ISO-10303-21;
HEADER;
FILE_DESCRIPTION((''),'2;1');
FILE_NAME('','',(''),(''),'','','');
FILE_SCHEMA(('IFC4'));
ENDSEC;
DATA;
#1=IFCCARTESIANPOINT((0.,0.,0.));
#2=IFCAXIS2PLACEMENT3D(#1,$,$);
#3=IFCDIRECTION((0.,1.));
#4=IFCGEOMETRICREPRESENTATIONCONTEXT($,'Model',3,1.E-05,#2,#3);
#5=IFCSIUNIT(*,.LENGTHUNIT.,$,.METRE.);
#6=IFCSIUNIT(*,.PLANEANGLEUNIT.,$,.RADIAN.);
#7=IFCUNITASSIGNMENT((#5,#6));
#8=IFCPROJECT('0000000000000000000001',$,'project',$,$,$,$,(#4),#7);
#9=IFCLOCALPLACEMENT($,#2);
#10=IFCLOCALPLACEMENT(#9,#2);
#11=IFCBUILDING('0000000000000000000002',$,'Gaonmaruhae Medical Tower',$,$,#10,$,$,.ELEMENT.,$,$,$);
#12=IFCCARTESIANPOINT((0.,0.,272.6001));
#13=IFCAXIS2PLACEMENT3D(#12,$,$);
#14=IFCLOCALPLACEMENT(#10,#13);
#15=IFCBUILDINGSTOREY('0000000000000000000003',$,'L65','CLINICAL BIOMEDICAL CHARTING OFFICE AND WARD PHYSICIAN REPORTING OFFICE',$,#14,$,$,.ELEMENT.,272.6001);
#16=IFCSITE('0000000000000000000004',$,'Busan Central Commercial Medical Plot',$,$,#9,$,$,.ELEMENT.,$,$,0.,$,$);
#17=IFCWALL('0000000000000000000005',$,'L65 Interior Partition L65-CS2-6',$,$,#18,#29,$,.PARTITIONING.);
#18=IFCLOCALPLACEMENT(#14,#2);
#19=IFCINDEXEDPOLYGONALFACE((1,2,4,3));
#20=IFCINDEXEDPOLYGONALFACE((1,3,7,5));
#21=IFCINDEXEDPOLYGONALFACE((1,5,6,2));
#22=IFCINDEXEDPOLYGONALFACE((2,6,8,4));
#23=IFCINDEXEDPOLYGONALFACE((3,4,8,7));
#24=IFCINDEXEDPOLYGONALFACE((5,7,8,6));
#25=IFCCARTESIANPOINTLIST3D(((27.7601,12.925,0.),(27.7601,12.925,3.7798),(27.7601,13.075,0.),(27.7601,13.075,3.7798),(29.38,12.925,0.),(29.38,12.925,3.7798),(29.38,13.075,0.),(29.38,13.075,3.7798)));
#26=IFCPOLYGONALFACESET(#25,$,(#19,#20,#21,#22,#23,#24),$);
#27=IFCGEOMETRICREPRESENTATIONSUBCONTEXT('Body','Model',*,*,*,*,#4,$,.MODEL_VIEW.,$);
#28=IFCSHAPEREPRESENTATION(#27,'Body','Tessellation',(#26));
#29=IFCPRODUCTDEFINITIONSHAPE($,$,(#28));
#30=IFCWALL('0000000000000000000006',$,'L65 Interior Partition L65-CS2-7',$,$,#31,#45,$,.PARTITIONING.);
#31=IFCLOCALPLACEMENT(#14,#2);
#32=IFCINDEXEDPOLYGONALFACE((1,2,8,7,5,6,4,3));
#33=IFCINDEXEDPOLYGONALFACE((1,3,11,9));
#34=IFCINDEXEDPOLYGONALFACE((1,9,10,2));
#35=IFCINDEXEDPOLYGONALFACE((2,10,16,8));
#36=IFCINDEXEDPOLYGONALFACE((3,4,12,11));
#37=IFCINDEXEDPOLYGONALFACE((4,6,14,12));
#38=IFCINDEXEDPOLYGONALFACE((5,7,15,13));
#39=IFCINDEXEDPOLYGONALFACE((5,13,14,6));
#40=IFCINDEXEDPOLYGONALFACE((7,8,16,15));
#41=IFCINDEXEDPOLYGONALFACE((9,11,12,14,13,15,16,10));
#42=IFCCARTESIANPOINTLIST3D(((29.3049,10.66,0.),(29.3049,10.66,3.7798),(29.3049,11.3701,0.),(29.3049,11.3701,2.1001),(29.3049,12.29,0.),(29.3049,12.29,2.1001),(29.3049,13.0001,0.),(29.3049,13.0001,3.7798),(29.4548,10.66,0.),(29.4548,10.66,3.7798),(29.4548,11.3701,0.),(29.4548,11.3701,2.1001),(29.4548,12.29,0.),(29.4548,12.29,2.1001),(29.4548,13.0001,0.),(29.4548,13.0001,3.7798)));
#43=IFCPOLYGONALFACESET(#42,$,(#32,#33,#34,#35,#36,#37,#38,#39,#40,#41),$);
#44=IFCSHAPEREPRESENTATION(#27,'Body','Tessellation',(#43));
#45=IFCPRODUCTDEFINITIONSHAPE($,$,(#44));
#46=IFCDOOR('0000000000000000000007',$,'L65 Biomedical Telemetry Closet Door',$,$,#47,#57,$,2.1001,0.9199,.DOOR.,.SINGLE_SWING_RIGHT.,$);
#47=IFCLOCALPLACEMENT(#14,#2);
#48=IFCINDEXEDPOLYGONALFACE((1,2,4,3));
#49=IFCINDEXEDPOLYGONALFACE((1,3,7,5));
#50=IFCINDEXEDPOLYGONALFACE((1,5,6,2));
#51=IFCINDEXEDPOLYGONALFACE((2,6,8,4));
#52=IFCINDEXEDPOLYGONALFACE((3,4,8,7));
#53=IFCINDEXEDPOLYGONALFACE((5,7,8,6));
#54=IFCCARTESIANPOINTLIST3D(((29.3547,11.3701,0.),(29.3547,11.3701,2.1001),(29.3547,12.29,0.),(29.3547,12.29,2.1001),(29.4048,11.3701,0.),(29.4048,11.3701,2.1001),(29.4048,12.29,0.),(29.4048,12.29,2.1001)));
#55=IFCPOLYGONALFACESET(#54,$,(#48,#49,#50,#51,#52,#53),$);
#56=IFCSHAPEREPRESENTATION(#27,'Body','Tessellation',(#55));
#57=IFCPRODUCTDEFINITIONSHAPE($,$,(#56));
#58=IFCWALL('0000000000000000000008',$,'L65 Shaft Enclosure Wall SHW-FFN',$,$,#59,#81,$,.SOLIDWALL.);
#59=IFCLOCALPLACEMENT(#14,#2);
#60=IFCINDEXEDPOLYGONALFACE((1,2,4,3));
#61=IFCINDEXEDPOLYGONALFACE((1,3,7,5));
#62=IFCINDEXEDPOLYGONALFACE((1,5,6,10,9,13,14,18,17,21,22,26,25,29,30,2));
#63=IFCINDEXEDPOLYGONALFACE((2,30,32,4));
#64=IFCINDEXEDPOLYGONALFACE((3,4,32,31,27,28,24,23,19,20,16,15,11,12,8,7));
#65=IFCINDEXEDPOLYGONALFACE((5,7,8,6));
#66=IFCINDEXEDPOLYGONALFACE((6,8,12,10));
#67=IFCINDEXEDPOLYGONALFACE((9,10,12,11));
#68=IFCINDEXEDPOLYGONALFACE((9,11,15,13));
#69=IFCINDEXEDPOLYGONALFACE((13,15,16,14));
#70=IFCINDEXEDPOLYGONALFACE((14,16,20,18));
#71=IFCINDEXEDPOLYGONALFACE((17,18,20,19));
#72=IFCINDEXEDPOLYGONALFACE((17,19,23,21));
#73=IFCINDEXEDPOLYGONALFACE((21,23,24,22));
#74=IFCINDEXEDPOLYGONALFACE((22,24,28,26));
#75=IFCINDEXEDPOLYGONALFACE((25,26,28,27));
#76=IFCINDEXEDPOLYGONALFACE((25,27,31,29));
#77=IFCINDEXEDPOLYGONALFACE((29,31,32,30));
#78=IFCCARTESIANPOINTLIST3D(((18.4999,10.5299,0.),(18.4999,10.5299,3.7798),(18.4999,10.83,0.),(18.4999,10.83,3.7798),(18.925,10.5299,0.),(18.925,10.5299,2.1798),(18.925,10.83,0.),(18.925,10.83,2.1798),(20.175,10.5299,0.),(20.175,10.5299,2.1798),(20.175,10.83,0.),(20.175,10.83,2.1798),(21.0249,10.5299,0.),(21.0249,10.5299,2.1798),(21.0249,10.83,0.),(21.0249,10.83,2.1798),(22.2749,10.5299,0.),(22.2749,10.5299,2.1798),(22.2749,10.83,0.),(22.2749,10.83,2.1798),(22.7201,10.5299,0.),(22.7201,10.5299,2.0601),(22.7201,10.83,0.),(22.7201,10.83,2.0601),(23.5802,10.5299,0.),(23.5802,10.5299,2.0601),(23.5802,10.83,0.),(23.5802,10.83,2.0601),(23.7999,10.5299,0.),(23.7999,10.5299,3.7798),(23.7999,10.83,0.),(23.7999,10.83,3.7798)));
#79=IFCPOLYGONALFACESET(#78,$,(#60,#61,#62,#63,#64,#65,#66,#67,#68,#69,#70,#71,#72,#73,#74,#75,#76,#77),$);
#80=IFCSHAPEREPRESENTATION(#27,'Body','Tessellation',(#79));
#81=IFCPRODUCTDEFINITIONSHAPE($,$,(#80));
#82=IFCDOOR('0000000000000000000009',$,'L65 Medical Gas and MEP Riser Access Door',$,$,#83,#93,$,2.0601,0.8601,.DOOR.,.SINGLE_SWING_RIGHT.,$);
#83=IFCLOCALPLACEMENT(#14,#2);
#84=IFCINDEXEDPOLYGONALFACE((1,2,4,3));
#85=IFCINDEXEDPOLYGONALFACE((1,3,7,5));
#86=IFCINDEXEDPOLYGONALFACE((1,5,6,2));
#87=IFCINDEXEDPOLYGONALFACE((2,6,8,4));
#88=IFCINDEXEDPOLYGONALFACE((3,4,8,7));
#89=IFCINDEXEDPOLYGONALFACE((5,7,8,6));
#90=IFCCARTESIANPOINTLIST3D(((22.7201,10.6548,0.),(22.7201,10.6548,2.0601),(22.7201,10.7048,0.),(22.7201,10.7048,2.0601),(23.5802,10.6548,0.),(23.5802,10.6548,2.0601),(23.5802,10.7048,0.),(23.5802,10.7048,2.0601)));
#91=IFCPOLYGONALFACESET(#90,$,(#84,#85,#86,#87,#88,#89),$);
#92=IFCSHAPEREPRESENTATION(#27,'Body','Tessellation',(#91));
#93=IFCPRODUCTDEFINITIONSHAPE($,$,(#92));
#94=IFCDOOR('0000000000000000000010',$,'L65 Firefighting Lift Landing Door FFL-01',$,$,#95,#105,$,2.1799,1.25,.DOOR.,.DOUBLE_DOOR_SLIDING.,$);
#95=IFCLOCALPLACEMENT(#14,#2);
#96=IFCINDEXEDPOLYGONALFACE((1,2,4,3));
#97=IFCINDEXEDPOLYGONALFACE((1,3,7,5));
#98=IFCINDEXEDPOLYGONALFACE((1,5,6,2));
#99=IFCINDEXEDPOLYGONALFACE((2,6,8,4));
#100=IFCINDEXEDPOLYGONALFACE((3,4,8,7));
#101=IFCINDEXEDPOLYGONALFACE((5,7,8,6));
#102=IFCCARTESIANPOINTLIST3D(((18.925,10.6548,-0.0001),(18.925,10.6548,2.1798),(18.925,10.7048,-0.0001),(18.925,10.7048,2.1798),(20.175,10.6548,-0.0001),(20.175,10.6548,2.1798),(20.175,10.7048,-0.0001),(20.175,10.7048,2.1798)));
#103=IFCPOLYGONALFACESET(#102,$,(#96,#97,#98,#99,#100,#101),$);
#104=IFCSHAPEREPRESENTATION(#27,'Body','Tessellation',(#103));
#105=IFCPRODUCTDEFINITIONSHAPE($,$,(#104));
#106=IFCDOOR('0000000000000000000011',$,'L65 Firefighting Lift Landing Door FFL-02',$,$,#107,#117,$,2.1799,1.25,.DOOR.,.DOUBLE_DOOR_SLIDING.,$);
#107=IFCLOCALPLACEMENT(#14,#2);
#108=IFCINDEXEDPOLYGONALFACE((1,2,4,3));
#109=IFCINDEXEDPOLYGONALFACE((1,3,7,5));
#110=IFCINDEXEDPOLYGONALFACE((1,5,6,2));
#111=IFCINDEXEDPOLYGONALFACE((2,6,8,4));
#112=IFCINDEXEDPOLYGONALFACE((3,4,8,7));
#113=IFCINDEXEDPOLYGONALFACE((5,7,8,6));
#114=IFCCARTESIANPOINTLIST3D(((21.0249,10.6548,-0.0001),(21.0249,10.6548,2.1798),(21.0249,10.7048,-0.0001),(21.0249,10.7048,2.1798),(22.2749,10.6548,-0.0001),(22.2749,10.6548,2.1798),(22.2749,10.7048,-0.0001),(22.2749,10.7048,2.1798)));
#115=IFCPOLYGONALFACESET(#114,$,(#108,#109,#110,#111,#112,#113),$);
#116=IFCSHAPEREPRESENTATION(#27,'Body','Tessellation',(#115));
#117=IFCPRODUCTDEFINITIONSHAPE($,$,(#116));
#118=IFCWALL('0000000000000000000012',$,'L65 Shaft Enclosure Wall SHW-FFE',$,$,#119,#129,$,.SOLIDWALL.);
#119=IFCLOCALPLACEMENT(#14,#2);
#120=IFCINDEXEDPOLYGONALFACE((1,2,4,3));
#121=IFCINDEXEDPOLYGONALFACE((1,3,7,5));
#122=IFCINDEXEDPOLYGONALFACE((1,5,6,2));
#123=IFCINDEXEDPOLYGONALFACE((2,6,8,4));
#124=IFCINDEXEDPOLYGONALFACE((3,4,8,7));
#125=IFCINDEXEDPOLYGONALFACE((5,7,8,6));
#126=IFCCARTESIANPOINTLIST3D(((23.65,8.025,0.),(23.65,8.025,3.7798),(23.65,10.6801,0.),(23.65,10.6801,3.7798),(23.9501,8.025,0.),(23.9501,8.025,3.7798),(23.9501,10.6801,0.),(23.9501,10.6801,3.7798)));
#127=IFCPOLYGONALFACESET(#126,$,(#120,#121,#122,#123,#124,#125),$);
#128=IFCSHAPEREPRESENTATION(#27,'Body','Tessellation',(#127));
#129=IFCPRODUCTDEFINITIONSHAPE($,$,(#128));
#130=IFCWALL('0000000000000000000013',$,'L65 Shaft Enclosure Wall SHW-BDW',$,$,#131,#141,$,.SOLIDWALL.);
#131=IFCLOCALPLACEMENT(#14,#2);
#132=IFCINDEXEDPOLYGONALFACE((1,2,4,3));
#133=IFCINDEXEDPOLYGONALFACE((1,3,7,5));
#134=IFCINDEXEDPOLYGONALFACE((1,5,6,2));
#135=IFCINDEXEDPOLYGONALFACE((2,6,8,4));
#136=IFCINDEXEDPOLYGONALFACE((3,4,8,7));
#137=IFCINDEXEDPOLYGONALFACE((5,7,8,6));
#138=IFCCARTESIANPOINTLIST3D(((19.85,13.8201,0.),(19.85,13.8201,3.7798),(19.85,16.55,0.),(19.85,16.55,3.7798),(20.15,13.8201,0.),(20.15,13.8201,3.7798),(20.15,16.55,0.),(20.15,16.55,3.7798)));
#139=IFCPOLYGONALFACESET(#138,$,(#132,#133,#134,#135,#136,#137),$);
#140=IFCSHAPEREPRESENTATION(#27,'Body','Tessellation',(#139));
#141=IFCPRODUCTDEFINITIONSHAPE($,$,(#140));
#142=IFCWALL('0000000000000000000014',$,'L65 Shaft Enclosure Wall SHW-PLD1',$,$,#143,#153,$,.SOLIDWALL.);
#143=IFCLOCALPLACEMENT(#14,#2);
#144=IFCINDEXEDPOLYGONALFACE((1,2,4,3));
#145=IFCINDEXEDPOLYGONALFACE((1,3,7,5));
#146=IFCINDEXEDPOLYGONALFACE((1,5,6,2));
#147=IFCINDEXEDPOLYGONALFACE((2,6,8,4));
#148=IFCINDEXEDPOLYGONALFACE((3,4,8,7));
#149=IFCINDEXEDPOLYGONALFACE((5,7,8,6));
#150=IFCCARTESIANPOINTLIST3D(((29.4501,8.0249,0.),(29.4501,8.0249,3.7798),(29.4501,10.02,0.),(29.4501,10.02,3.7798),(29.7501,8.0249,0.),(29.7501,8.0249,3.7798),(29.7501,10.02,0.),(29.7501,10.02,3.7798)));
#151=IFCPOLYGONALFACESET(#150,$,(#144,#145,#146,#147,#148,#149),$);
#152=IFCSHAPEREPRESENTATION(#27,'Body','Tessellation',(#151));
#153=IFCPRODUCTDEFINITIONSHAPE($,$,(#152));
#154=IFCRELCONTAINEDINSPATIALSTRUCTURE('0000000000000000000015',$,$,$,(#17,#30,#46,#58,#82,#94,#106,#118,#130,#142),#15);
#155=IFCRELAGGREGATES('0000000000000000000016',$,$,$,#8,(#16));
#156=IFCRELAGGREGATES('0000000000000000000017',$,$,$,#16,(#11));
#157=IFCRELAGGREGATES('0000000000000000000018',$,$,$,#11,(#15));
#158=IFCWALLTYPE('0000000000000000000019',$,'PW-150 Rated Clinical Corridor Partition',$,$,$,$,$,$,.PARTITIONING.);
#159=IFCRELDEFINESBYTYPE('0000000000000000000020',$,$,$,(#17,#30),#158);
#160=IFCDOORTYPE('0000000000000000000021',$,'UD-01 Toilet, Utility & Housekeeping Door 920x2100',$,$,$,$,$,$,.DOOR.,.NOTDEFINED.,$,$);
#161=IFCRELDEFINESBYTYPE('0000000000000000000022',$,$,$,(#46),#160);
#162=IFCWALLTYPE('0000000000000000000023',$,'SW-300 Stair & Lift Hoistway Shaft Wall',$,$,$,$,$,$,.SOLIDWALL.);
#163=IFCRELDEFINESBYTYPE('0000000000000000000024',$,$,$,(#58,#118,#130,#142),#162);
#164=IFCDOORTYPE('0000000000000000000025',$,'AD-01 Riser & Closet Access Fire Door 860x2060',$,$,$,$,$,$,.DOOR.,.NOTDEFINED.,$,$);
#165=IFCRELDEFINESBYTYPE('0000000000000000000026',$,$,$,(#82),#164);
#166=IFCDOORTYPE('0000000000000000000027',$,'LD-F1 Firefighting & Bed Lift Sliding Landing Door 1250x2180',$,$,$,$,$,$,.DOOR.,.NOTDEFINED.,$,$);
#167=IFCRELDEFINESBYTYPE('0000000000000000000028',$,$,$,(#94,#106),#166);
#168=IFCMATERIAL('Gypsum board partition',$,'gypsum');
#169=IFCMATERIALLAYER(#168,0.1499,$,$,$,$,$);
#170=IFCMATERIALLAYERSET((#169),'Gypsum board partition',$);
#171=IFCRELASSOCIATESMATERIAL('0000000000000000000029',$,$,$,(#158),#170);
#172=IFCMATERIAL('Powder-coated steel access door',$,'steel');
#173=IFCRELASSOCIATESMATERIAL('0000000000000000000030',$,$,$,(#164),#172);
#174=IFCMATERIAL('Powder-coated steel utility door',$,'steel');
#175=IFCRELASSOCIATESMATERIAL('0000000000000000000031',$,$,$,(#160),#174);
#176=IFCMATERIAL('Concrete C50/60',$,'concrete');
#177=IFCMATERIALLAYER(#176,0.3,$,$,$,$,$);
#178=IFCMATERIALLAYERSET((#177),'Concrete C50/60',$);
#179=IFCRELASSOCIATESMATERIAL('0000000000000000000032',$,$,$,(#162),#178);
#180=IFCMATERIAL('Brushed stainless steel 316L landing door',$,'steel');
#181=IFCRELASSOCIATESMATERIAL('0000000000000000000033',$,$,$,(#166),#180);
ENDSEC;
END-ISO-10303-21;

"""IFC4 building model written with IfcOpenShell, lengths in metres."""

from ifc_helpers import new_model, si_unit, direction, frame, frame_2d, origin, place, context, subcontext, project, spatial, rectangle, extrude, material, layer, layer_set, type_object, element, fill, save


model = new_model("IFC4")

# Units and contexts
model_context = context("Model", 3, precision=1e-05, world=origin(), true_north=direction((0.0, 1.0)))
body_context = subcontext(model_context, "Body", "Model", "MODEL_VIEW")
ifc_project = project(units=[si_unit("LENGTHUNIT", "METRE"), si_unit("PLANEANGLEUNIT", "RADIAN")], contexts=[model_context])

# Site, building, storey
site_placement = place(None, origin())
site = spatial("IfcSite", under=ifc_project, at=site_placement, Name="Busan Central Commercial Medical Plot", CompositionType="ELEMENT", RefElevation=0.0)
building_placement = place(site_placement, origin())
building = spatial("IfcBuilding", under=site, at=building_placement, Name="Gaonmaruhae Medical Tower", CompositionType="ELEMENT")
storey_placement = place(building_placement, frame((0.0, 0.0, 272.6001)))
storey = spatial("IfcBuildingStorey", under=building, at=storey_placement, Name="L65", Description="CLINICAL BIOMEDICAL CHARTING OFFICE AND WARD PHYSICIAN REPORTING OFFICE", CompositionType="ELEMENT", Elevation=272.6001)

# Shared definitions
ifc_material_1 = material(Name="Concrete C50/60", Category="concrete")

# Shared definitions
ifc_material_2 = material(Name="Gypsum board partition", Category="gypsum")
ifc_layer_1 = layer(ifc_material_2, 0.1499)
ifc_layer_set_1 = layer_set([ifc_layer_1], Name="Gypsum board partition")
wall_type_1 = type_object("IfcWallType", Name="PW-150 Rated Clinical Corridor Partition", PredefinedType="PARTITIONING", material=ifc_layer_set_1)
ifc_material_3 = material(Name="Powder-coated steel access door", Category="steel")
door_type_1 = type_object("IfcDoorType", Name="AD-01 Riser & Closet Access Fire Door 860x2060", OperationType="NOTDEFINED", PredefinedType="DOOR", material=ifc_material_3)

# Shared definitions
ifc_material_4 = material(Name="Powder-coated steel utility door", Category="steel")
door_type_2 = type_object("IfcDoorType", Name="UD-01 Toilet, Utility & Housekeeping Door 920x2100", OperationType="NOTDEFINED", PredefinedType="DOOR", material=ifc_material_4)

# Wall
wall_1_placement = place(storey_placement, frame((27.76, 13.0, 0.0), z_axis=(0.0, 0.0, 1.0), x_axis=(1.0, 0.0, 0.0)))
element("IfcWall", 1, at=wall_1_placement, inside=storey, type_object=wall_type_1, Name="L65 Interior Partition L65-CS2-6", PredefinedType="PARTITIONING", context=body_context, shape_type="SweptSolid", body=[
    extrude(rectangle(XDim=1.6199, YDim=0.1499, at=frame_2d((0.8101, 0.0))), origin(), (0.0, 0.0, 1.0), 3.7798),
])

# Wall, opening, door
wall_2_placement = place(storey_placement, frame((29.3799, 13.0, 0.0), z_axis=(0.0, 0.0, 1.0), x_axis=(0.0, -1.0, 0.0)))
wall_2 = element("IfcWall", 2, at=wall_2_placement, inside=storey, type_object=wall_type_1, Name="L65 Interior Partition L65-CS2-7", PredefinedType="PARTITIONING", context=body_context, shape_type="SweptSolid", body=[
    extrude(rectangle(XDim=2.3401, YDim=0.1499, at=frame_2d((1.1699, 0.0))), origin(), (0.0, 0.0, 1.0), 3.7798),
])
opening_1_placement = place(wall_2_placement, frame((0.71, 0.0, 0.0)))
opening_1 = element("IfcOpeningElement", 3, at=opening_1_placement, cuts=wall_2, PredefinedType="OPENING", context=body_context, shape_type="SweptSolid", body=[
    extrude(rectangle(XDim=0.9199, YDim=2.1001, at=frame_2d((0.46, 1.05))), frame((0.0, 0.085, 0.0), z_axis=(0.0, -1.0, 0.0), x_axis=(1.0, 0.0, 0.0)), (0.0, 0.0, 1.0), 0.1699),
])
door_1_placement = place(opening_1_placement, origin())
door_1 = element("IfcDoor", 4, at=door_1_placement, inside=storey, type_object=door_type_2, Name="L65 Biomedical Telemetry Closet Door", OperationType="SINGLE_SWING_RIGHT", OverallHeight=2.1001, OverallWidth=0.9199, PredefinedType="DOOR", context=body_context, shape_type="SweptSolid", body=[
    extrude(rectangle(XDim=0.9199, YDim=2.1001, at=frame_2d((0.46, 1.05))), frame((0.0, 0.0249, 0.0), z_axis=(0.0, -1.0, 0.0), x_axis=(1.0, 0.0, 0.0)), (0.0, 0.0, 1.0), 0.05),
])
fill(opening_1, door_1)

# Wall, openings, doors
ifc_layer_2 = layer(ifc_material_1, 0.3)
ifc_layer_set_2 = layer_set([ifc_layer_2], Name="Concrete C50/60")
wall_type_2 = type_object("IfcWallType", Name="SW-300 Stair & Lift Hoistway Shaft Wall", PredefinedType="SOLIDWALL", material=ifc_layer_set_2)
wall_3_placement = place(storey_placement, frame((18.5, 10.6799, 0.0), z_axis=(0.0, 0.0, 1.0), x_axis=(1.0, 0.0, 0.0)))
wall_3 = element("IfcWall", 5, at=wall_3_placement, inside=storey, type_object=wall_type_2, Name="L65 Shaft Enclosure Wall SHW-FFN", PredefinedType="SOLIDWALL", context=body_context, shape_type="SweptSolid", body=[
    extrude(rectangle(XDim=5.3, YDim=0.3, at=frame_2d((2.6499, 0.0))), origin(), (0.0, 0.0, 1.0), 3.7798),
])
opening_2_placement = place(wall_3_placement, frame((4.22, 0.0, 0.0)))
opening_2 = element("IfcOpeningElement", 6, at=opening_2_placement, cuts=wall_3, PredefinedType="OPENING", context=body_context, shape_type="SweptSolid", body=[
    extrude(rectangle(XDim=0.8601, YDim=2.0601, at=frame_2d((0.4302, 1.03))), frame((0.0, 0.1602, 0.0), z_axis=(0.0, -1.0, 0.0), x_axis=(1.0, 0.0, 0.0)), (0.0, 0.0, 1.0), 0.3201),
])
opening_3_placement = place(wall_3_placement, frame((0.425, 0.0, 0.0)))
opening_3 = element("IfcOpeningElement", 7, at=opening_3_placement, cuts=wall_3, PredefinedType="OPENING", context=body_context, shape_type="SweptSolid", body=[
    extrude(rectangle(XDim=1.25, YDim=2.1799, at=frame_2d((0.625, 1.0898))), frame((0.0, 0.1602, 0.0), z_axis=(0.0, -1.0, 0.0), x_axis=(1.0, 0.0, 0.0)), (0.0, 0.0, 1.0), 0.3201),
])
opening_4_placement = place(wall_3_placement, frame((2.5249, 0.0, 0.0)))
opening_4 = element("IfcOpeningElement", 8, at=opening_4_placement, cuts=wall_3, PredefinedType="OPENING", context=body_context, shape_type="SweptSolid", body=[
    extrude(rectangle(XDim=1.25, YDim=2.1799, at=frame_2d((0.625, 1.0898))), frame((0.0, 0.1602, 0.0), z_axis=(0.0, -1.0, 0.0), x_axis=(1.0, 0.0, 0.0)), (0.0, 0.0, 1.0), 0.3201),
])
door_2_placement = place(opening_2_placement, origin())
door_2 = element("IfcDoor", 9, at=door_2_placement, inside=storey, type_object=door_type_1, Name="L65 Medical Gas and MEP Riser Access Door", OperationType="SINGLE_SWING_RIGHT", OverallHeight=2.0601, OverallWidth=0.8601, PredefinedType="DOOR", context=body_context, shape_type="SweptSolid", body=[
    extrude(rectangle(XDim=0.8601, YDim=2.0601, at=frame_2d((0.4302, 1.03))), frame((0.0, 0.0249, 0.0), z_axis=(0.0, -1.0, 0.0), x_axis=(1.0, 0.0, 0.0)), (0.0, 0.0, 1.0), 0.05),
])
fill(opening_2, door_2)
ifc_material_5 = material(Name="Brushed stainless steel 316L landing door", Category="steel")
door_type_3 = type_object("IfcDoorType", Name="LD-F1 Firefighting & Bed Lift Sliding Landing Door 1250x2180", OperationType="NOTDEFINED", PredefinedType="DOOR", material=ifc_material_5)
door_3_placement = place(opening_3_placement, origin())
door_3 = element("IfcDoor", 10, at=door_3_placement, inside=storey, type_object=door_type_3, Name="L65 Firefighting Lift Landing Door FFL-01", OperationType="DOUBLE_DOOR_SLIDING", OverallHeight=2.1799, OverallWidth=1.25, PredefinedType="DOOR", context=body_context, shape_type="SweptSolid", body=[
    extrude(rectangle(XDim=1.25, YDim=2.1799, at=frame_2d((0.625, 1.0898))), frame((0.0, 0.0249, 0.0), z_axis=(0.0, -1.0, 0.0), x_axis=(1.0, 0.0, 0.0)), (0.0, 0.0, 1.0), 0.05),
])
fill(opening_3, door_3)
door_4_placement = place(opening_4_placement, origin())
door_4 = element("IfcDoor", 11, at=door_4_placement, inside=storey, type_object=door_type_3, Name="L65 Firefighting Lift Landing Door FFL-02", OperationType="DOUBLE_DOOR_SLIDING", OverallHeight=2.1799, OverallWidth=1.25, PredefinedType="DOOR", context=body_context, shape_type="SweptSolid", body=[
    extrude(rectangle(XDim=1.25, YDim=2.1799, at=frame_2d((0.625, 1.0898))), frame((0.0, 0.0249, 0.0), z_axis=(0.0, -1.0, 0.0), x_axis=(1.0, 0.0, 0.0)), (0.0, 0.0, 1.0), 0.05),
])
fill(opening_4, door_4)

# Walls
wall_4_placement = place(storey_placement, frame((23.8, 8.0249, 0.0), z_axis=(0.0, 0.0, 1.0), x_axis=(0.0, 1.0, 0.0)))
element("IfcWall", 12, at=wall_4_placement, inside=storey, type_object=wall_type_2, Name="L65 Shaft Enclosure Wall SHW-FFE", PredefinedType="SOLIDWALL", context=body_context, shape_type="SweptSolid", body=[
    extrude(rectangle(XDim=2.655, YDim=0.3, at=frame_2d((1.3276, 0.0))), origin(), (0.0, 0.0, 1.0), 3.7798),
])
wall_5_placement = place(storey_placement, frame((20.0, 13.8201, 0.0), z_axis=(0.0, 0.0, 1.0), x_axis=(0.0, 1.0, 0.0)))
element("IfcWall", 13, at=wall_5_placement, inside=storey, type_object=wall_type_2, Name="L65 Shaft Enclosure Wall SHW-BDW", PredefinedType="SOLIDWALL", context=body_context, shape_type="SweptSolid", body=[
    extrude(rectangle(XDim=2.73, YDim=0.3, at=frame_2d((1.365, 0.0))), origin(), (0.0, 0.0, 1.0), 3.7798),
])

# Wall
wall_6_placement = place(storey_placement, frame((29.6001, 8.0249, 0.0), z_axis=(0.0, 0.0, 1.0), x_axis=(0.0, 1.0, 0.0)))
element("IfcWall", 14, at=wall_6_placement, inside=storey, type_object=wall_type_2, Name="L65 Shaft Enclosure Wall SHW-PLD1", PredefinedType="SOLIDWALL", context=body_context, shape_type="SweptSolid", body=[
    extrude(rectangle(XDim=1.9951, YDim=0.3, at=frame_2d((0.9976, 0.0))), origin(), (0.0, 0.0, 1.0), 3.7798),
])

save(model, "model.ifc")
